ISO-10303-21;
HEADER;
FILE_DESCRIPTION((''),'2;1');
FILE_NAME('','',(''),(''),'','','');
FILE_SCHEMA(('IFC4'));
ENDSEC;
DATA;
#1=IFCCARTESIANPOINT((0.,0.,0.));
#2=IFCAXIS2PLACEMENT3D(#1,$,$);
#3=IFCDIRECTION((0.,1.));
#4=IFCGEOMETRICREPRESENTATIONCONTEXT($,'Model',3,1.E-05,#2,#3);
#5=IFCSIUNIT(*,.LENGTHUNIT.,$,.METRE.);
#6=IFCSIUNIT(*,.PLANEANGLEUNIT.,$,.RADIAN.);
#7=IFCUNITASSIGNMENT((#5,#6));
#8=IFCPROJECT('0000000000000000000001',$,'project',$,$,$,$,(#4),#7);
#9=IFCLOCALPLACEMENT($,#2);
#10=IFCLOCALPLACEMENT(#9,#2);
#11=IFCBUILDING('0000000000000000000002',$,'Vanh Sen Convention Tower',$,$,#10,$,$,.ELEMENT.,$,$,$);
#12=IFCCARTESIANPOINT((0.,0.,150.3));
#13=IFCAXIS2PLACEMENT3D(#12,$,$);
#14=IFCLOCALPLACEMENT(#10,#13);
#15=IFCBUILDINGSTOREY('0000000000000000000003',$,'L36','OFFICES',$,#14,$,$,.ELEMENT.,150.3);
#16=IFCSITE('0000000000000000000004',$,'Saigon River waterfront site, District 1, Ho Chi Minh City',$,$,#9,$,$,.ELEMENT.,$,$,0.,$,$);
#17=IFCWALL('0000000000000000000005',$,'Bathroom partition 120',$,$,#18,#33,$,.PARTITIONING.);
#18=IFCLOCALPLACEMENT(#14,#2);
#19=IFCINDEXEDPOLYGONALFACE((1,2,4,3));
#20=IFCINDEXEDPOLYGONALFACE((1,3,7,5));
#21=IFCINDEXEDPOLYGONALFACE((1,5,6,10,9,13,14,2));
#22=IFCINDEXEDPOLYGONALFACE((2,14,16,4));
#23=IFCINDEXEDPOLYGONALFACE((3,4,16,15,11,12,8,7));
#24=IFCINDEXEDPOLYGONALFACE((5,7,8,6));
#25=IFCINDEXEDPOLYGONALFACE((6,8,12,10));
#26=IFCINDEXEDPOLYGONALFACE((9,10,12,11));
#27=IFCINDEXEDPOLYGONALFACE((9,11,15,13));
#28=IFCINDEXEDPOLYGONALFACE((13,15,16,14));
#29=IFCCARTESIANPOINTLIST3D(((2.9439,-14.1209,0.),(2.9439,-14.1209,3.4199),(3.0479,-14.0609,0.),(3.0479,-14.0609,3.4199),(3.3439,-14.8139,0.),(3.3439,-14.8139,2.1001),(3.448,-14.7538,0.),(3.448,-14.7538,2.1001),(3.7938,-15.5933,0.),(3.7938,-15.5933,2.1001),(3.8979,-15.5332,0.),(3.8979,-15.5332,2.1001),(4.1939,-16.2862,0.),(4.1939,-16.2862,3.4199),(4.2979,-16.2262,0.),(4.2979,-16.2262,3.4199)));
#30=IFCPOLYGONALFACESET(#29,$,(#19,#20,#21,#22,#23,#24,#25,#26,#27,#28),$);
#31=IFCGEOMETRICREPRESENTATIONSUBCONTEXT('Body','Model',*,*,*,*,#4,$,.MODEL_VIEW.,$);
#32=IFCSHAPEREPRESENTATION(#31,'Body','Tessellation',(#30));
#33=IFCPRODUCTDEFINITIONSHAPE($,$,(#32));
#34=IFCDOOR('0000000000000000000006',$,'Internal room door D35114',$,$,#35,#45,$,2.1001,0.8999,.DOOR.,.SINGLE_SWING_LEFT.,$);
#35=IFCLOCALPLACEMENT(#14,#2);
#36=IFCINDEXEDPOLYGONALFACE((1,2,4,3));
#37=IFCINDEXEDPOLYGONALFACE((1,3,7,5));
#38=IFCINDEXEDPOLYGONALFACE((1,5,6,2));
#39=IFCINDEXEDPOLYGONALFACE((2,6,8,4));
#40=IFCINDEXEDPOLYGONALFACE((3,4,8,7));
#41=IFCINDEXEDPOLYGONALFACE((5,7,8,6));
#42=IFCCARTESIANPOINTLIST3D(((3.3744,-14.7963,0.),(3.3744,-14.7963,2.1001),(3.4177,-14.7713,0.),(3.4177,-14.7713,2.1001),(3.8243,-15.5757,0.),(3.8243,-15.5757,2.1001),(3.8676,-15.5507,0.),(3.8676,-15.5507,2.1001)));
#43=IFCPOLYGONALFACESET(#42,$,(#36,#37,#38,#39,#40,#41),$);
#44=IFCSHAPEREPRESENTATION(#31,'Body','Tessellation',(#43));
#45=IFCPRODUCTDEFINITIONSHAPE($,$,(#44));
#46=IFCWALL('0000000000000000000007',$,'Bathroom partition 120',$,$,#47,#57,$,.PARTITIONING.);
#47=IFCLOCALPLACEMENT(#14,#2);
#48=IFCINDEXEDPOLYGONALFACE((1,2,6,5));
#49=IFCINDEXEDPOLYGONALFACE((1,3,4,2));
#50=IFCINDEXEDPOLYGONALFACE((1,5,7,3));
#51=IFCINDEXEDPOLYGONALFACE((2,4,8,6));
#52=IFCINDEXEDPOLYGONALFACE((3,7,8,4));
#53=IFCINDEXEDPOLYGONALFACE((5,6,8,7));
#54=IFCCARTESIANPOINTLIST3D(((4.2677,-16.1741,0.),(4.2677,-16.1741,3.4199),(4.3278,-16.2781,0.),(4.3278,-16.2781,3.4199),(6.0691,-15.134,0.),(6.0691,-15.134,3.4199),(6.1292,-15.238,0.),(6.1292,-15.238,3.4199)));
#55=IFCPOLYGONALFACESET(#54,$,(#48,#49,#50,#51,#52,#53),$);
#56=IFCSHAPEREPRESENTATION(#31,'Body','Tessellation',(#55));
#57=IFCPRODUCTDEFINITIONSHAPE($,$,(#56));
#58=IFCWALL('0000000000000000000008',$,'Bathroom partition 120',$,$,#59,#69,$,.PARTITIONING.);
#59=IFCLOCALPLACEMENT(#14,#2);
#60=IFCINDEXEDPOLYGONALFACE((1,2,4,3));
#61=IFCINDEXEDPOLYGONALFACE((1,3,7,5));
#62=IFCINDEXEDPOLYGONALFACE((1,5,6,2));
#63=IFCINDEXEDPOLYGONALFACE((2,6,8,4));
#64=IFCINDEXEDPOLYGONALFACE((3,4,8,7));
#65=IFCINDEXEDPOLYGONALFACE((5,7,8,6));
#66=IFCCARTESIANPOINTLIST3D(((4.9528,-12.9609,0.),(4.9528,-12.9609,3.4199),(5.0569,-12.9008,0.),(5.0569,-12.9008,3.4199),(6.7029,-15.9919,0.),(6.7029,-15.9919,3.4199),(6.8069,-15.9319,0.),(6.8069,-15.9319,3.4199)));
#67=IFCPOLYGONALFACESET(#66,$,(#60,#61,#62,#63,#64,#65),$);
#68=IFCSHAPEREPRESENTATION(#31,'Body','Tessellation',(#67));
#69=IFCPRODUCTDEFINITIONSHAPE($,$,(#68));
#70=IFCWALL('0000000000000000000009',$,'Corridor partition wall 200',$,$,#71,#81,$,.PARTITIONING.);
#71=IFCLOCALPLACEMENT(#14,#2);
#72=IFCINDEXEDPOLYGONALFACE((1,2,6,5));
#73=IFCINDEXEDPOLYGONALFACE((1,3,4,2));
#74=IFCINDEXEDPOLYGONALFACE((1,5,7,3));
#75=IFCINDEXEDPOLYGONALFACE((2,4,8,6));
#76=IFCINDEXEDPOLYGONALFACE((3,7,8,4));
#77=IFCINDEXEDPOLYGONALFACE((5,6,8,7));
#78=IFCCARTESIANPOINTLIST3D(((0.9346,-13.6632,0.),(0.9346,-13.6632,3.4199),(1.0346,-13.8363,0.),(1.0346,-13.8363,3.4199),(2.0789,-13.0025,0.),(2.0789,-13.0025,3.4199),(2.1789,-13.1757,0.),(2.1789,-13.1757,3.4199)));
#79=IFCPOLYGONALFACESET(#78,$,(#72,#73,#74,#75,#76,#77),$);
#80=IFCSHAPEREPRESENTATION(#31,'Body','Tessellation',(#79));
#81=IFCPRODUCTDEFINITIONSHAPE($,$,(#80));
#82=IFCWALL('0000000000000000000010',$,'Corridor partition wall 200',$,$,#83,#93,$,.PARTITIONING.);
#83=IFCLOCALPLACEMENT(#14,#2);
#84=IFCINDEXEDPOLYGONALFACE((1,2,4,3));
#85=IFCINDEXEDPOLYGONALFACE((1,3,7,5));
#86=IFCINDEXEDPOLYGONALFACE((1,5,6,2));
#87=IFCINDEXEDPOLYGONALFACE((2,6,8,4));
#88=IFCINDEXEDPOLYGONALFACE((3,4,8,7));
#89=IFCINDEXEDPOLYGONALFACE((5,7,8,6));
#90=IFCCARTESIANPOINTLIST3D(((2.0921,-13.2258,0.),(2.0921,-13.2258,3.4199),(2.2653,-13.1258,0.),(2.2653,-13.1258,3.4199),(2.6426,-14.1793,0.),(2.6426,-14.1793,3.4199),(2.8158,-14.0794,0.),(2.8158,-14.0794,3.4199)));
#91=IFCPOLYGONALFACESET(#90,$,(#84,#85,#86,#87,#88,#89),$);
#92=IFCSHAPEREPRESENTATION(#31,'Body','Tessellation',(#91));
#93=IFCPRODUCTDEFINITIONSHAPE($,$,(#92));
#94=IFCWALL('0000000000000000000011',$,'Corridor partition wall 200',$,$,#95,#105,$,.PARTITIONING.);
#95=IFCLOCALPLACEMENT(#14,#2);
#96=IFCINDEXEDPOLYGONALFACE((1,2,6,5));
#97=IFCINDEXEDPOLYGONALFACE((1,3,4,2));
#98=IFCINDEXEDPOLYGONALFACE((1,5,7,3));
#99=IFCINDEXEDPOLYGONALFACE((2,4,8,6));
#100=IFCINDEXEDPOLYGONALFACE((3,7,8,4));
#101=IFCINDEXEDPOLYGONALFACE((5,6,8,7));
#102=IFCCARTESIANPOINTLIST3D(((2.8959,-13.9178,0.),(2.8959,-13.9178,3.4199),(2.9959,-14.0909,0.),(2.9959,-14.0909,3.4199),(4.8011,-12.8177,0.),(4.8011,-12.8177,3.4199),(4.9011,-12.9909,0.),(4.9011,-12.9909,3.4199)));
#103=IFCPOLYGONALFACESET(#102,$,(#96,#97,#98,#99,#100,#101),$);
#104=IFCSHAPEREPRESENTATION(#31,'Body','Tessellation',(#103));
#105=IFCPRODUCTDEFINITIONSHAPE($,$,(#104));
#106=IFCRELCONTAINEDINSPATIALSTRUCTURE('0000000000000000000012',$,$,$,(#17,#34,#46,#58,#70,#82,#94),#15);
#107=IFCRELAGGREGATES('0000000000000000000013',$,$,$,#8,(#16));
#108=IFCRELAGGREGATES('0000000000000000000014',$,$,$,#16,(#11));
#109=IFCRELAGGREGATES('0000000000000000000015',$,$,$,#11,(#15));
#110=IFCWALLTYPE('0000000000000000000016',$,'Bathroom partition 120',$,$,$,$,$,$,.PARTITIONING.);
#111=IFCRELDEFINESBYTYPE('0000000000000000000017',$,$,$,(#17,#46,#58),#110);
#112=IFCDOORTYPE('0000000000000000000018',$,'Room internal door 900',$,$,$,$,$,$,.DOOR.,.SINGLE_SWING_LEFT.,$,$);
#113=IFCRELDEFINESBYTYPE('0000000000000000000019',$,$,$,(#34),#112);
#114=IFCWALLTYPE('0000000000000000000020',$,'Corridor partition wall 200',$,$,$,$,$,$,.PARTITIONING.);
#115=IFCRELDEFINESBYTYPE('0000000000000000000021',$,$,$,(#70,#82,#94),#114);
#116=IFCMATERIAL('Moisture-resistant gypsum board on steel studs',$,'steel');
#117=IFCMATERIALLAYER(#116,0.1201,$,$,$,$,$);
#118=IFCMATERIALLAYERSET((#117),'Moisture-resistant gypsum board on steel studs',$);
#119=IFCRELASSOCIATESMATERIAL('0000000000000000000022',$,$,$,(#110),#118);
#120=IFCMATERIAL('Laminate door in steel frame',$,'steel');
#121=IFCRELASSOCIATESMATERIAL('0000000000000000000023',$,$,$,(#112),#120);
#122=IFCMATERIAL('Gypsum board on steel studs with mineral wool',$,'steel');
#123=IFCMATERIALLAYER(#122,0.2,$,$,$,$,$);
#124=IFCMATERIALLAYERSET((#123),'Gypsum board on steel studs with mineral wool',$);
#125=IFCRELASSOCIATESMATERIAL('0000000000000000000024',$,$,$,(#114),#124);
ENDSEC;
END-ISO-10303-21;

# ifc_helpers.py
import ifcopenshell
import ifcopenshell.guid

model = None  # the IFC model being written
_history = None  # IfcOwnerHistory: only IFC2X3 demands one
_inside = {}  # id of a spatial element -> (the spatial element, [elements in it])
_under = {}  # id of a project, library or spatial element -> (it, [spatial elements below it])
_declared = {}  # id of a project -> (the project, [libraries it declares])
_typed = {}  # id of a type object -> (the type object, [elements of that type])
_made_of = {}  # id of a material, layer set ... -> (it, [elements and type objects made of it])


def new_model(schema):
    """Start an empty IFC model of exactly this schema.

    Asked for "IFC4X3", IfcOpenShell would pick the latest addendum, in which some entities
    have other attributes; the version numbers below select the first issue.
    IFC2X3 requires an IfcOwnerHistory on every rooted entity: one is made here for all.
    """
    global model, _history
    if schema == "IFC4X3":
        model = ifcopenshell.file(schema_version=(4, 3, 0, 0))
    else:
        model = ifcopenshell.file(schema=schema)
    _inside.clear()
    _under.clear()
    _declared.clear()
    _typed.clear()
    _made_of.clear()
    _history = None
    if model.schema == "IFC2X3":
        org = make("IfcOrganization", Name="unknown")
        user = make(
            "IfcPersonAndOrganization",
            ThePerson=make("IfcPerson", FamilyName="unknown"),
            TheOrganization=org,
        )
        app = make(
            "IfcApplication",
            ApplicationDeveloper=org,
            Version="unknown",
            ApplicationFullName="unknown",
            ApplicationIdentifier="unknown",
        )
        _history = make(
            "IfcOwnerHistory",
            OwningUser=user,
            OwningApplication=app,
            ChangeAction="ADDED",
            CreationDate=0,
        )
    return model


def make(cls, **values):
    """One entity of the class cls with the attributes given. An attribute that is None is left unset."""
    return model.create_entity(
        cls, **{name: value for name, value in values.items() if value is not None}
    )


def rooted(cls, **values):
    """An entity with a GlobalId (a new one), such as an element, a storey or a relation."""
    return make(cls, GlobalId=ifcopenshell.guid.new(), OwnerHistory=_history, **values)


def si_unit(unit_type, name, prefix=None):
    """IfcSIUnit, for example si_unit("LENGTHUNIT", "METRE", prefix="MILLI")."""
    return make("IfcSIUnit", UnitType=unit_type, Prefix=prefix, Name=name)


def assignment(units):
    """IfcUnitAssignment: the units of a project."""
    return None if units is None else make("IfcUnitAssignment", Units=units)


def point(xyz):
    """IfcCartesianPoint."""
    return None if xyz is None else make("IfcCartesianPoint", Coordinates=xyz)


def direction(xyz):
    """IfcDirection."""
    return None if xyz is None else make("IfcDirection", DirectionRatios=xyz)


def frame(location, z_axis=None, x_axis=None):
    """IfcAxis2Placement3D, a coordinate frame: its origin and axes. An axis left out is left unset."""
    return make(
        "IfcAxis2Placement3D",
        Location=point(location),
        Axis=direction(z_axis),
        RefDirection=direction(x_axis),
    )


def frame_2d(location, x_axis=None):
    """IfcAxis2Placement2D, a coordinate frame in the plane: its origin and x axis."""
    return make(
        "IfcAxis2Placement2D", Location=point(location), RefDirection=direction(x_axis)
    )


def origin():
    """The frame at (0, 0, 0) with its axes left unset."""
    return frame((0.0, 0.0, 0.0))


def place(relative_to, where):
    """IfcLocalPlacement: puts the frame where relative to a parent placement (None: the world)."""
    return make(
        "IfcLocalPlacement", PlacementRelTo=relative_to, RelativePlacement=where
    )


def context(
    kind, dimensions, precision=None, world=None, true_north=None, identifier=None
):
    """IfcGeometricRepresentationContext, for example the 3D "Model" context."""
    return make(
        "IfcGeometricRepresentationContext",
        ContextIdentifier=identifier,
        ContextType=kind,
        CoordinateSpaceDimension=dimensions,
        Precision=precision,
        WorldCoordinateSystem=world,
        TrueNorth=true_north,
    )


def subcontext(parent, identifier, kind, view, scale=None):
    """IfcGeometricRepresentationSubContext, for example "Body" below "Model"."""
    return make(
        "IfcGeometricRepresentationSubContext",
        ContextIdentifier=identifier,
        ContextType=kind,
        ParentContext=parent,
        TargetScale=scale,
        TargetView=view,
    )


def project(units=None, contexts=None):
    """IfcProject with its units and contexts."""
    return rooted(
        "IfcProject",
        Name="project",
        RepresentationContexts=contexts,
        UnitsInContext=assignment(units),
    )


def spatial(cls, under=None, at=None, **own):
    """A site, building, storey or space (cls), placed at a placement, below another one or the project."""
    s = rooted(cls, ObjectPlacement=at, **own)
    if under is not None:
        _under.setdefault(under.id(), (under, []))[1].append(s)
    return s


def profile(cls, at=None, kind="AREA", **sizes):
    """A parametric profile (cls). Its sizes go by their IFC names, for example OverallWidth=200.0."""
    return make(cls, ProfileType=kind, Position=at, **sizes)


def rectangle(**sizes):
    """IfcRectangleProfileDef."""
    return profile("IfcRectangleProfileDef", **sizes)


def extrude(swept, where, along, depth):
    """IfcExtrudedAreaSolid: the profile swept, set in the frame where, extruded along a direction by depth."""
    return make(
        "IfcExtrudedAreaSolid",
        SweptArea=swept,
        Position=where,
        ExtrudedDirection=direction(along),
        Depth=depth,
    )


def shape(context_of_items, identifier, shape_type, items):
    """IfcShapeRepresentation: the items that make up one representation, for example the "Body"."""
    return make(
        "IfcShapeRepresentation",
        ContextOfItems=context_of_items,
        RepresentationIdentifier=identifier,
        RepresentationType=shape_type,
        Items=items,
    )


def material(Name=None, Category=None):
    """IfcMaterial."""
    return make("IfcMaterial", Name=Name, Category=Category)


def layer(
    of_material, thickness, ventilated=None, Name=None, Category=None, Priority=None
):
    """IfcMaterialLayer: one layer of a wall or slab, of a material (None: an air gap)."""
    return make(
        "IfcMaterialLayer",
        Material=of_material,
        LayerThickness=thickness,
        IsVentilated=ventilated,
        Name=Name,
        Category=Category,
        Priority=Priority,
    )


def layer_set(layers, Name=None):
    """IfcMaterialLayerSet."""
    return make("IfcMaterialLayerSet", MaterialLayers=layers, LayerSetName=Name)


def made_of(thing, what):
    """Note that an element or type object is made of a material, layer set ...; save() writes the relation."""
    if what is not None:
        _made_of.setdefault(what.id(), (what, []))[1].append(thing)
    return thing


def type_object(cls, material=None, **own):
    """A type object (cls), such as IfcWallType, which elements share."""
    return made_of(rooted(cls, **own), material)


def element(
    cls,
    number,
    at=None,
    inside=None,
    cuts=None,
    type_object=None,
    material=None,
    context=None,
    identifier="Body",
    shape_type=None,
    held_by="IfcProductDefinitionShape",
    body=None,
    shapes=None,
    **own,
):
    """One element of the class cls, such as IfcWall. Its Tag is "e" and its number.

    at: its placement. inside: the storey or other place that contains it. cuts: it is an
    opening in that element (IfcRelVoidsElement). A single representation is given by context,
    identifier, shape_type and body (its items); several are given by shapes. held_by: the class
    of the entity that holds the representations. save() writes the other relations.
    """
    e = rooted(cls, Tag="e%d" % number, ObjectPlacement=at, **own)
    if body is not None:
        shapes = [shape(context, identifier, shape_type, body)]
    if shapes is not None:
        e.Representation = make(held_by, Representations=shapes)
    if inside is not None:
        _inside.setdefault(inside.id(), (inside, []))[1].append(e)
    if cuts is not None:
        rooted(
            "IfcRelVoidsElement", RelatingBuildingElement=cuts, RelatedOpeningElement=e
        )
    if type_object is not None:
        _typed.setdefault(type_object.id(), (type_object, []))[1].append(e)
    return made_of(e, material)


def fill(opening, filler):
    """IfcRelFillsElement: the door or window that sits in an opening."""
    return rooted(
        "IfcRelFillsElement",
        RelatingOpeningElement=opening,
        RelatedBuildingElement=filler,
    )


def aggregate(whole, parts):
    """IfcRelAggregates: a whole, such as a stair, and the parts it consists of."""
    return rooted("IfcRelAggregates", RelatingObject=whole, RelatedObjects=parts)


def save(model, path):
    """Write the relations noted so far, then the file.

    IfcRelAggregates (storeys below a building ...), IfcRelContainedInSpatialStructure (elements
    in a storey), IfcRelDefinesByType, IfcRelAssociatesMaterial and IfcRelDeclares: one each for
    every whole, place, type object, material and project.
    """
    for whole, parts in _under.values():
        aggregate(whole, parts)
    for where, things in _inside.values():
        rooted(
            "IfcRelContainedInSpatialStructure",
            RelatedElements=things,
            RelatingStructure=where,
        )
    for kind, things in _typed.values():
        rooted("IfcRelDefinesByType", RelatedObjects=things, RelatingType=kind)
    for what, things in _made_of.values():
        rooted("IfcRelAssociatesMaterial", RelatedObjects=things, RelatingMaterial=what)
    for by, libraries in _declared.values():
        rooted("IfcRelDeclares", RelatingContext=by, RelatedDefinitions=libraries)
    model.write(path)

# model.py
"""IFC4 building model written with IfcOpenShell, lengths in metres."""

from ifc_helpers import new_model, si_unit, direction, frame, frame_2d, origin, place, context, subcontext, project, spatial, rectangle, extrude, material, layer, layer_set, type_object, element, fill, save


model = new_model("IFC4")

# Units and contexts
model_context = context("Model", 3, precision=1e-05, world=origin(), true_north=direction((0.0, 1.0)))
body_context = subcontext(model_context, "Body", "Model", "MODEL_VIEW")
ifc_project = project(units=[si_unit("LENGTHUNIT", "METRE"), si_unit("PLANEANGLEUNIT", "RADIAN")], contexts=[model_context])

# Site, building, storey
site_placement = place(None, origin())
site = spatial("IfcSite", under=ifc_project, at=site_placement, Name="Saigon River waterfront site, District 1, Ho Chi Minh City", CompositionType="ELEMENT", RefElevation=0.0)
building_placement = place(site_placement, origin())
building = spatial("IfcBuilding", under=site, at=building_placement, Name="Vanh Sen Convention Tower", CompositionType="ELEMENT")
storey_placement = place(building_placement, frame((0.0, 0.0, 150.3)))
storey = spatial("IfcBuildingStorey", under=building, at=storey_placement, Name="L36", Description="OFFICES", CompositionType="ELEMENT", Elevation=150.3)

# Wall, opening, door
ifc_material_1 = material(Name="Moisture-resistant gypsum board on steel studs", Category="steel")
ifc_layer_1 = layer(ifc_material_1, 0.1201)
ifc_layer_set_1 = layer_set([ifc_layer_1], Name="Moisture-resistant gypsum board on steel studs")
wall_type_1 = type_object("IfcWallType", Name="Bathroom partition 120", PredefinedType="PARTITIONING", material=ifc_layer_set_1)
wall_1_placement = place(storey_placement, frame((4.2458, -16.2561, 0.0), z_axis=(0.0, 0.0, 1.0), x_axis=(-0.499962, 0.866047, 0.0)))
wall_1 = element("IfcWall", 1, at=wall_1_placement, inside=storey, type_object=wall_type_1, Name="Bathroom partition 120", PredefinedType="PARTITIONING", context=body_context, shape_type="SweptSolid", body=[
    extrude(rectangle(XDim=2.5002, YDim=0.1201, at=frame_2d((1.25, 0.0))), origin(), (0.0, 0.0, 1.0), 3.4199),
])
opening_1_placement = place(wall_1_placement, frame((0.8, 0.0, 0.0)))
opening_1 = element("IfcOpeningElement", 2, at=opening_1_placement, cuts=wall_1, PredefinedType="OPENING", context=body_context, shape_type="SweptSolid", body=[
    extrude(rectangle(XDim=0.8999, YDim=2.1001, at=frame_2d((0.45, 1.05))), frame((0.0, 0.0701, 0.0), z_axis=(0.0, -1.0, 0.0), x_axis=(1.0, 0.0, 0.0)), (0.0, 0.0, 1.0), 0.1401),
])
ifc_material_2 = material(Name="Laminate door in steel frame", Category="steel")
door_type = type_object("IfcDoorType", Name="Room internal door 900", OperationType="SINGLE_SWING_LEFT", PredefinedType="DOOR", material=ifc_material_2)
door_placement = place(opening_1_placement, origin())
door = element("IfcDoor", 3, at=door_placement, inside=storey, type_object=door_type, Name="Internal room door D35114", OperationType="SINGLE_SWING_LEFT", OverallHeight=2.1001, OverallWidth=0.8999, PredefinedType="DOOR", context=body_context, shape_type="SweptSolid", body=[
    extrude(rectangle(XDim=0.8999, YDim=2.1001, at=frame_2d((0.45, 1.05))), frame((0.0, 0.0249, 0.0), z_axis=(0.0, -1.0, 0.0), x_axis=(1.0, 0.0, 0.0)), (0.0, 0.0, 1.0), 0.05),
])
fill(opening_1, door)

# Walls
wall_2_placement = place(storey_placement, frame((6.0991, -15.186, 0.0), z_axis=(0.0, 0.0, 1.0), x_axis=(-0.86601, -0.500027, 0.0)))
element("IfcWall", 4, at=wall_2_placement, inside=storey, type_object=wall_type_1, Name="Bathroom partition 120", PredefinedType="PARTITIONING", context=body_context, shape_type="SweptSolid", body=[
    extrude(rectangle(XDim=2.0801, YDim=0.1201, at=frame_2d((1.04, 0.0))), origin(), (0.0, 0.0, 1.0), 3.4199),
])
wall_3_placement = place(storey_placement, frame((6.7549, -15.9619, 0.0), z_axis=(0.0, 0.0, 1.0), x_axis=(-0.50001, 0.866019, 0.0)))
element("IfcWall", 5, at=wall_3_placement, inside=storey, type_object=wall_type_1, Name="Bathroom partition 120", PredefinedType="PARTITIONING", context=body_context, shape_type="SweptSolid", body=[
    extrude(rectangle(XDim=3.5, YDim=0.1201, at=frame_2d((1.75, 0.0))), origin(), (0.0, 0.0, 1.0), 3.4199),
])
ifc_material_3 = material(Name="Gypsum board on steel studs with mineral wool", Category="steel")
ifc_layer_2 = layer(ifc_material_3, 0.2)
ifc_layer_set_2 = layer_set([ifc_layer_2], Name="Gypsum board on steel studs with mineral wool")
wall_type_2 = type_object("IfcWallType", Name="Corridor partition wall 200", PredefinedType="PARTITIONING", material=ifc_layer_set_2)
wall_4_placement = place(storey_placement, frame((0.9846, -13.7498, 0.0), z_axis=(0.0, 0.0, 1.0), x_axis=(0.866029, 0.499994, 0.0)))
element("IfcWall", 6, at=wall_4_placement, inside=storey, type_object=wall_type_2, Name="Corridor partition wall 200", PredefinedType="PARTITIONING", context=body_context, shape_type="SweptSolid", body=[
    extrude(rectangle(XDim=1.3213, YDim=0.2, at=frame_2d((0.6606, 0.0))), origin(), (0.0, 0.0, 1.0), 3.4199),
])
wall_5_placement = place(storey_placement, frame((2.1787, -13.1758, 0.0), z_axis=(0.0, 0.0, 1.0), x_axis=(0.499978, -0.866038, 0.0)))
element("IfcWall", 7, at=wall_5_placement, inside=storey, type_object=wall_type_2, Name="Corridor partition wall 200", PredefinedType="PARTITIONING", context=body_context, shape_type="SweptSolid", body=[
    extrude(rectangle(XDim=1.1011, YDim=0.2, at=frame_2d((0.5505, 0.0))), origin(), (0.0, 0.0, 1.0), 3.4199),
])
wall_6_placement = place(storey_placement, frame((2.9458, -14.0044, 0.0), z_axis=(0.0, 0.0, 1.0), x_axis=(0.866008, 0.50003, 0.0)))
element("IfcWall", 8, at=wall_6_placement, inside=storey, type_object=wall_type_2, Name="Corridor partition wall 200", PredefinedType="PARTITIONING", context=body_context, shape_type="SweptSolid", body=[
    extrude(rectangle(XDim=2.2, YDim=0.2, at=frame_2d((1.1001, 0.0))), origin(), (0.0, 0.0, 1.0), 3.4199),
])

save(model, "model.ifc")
